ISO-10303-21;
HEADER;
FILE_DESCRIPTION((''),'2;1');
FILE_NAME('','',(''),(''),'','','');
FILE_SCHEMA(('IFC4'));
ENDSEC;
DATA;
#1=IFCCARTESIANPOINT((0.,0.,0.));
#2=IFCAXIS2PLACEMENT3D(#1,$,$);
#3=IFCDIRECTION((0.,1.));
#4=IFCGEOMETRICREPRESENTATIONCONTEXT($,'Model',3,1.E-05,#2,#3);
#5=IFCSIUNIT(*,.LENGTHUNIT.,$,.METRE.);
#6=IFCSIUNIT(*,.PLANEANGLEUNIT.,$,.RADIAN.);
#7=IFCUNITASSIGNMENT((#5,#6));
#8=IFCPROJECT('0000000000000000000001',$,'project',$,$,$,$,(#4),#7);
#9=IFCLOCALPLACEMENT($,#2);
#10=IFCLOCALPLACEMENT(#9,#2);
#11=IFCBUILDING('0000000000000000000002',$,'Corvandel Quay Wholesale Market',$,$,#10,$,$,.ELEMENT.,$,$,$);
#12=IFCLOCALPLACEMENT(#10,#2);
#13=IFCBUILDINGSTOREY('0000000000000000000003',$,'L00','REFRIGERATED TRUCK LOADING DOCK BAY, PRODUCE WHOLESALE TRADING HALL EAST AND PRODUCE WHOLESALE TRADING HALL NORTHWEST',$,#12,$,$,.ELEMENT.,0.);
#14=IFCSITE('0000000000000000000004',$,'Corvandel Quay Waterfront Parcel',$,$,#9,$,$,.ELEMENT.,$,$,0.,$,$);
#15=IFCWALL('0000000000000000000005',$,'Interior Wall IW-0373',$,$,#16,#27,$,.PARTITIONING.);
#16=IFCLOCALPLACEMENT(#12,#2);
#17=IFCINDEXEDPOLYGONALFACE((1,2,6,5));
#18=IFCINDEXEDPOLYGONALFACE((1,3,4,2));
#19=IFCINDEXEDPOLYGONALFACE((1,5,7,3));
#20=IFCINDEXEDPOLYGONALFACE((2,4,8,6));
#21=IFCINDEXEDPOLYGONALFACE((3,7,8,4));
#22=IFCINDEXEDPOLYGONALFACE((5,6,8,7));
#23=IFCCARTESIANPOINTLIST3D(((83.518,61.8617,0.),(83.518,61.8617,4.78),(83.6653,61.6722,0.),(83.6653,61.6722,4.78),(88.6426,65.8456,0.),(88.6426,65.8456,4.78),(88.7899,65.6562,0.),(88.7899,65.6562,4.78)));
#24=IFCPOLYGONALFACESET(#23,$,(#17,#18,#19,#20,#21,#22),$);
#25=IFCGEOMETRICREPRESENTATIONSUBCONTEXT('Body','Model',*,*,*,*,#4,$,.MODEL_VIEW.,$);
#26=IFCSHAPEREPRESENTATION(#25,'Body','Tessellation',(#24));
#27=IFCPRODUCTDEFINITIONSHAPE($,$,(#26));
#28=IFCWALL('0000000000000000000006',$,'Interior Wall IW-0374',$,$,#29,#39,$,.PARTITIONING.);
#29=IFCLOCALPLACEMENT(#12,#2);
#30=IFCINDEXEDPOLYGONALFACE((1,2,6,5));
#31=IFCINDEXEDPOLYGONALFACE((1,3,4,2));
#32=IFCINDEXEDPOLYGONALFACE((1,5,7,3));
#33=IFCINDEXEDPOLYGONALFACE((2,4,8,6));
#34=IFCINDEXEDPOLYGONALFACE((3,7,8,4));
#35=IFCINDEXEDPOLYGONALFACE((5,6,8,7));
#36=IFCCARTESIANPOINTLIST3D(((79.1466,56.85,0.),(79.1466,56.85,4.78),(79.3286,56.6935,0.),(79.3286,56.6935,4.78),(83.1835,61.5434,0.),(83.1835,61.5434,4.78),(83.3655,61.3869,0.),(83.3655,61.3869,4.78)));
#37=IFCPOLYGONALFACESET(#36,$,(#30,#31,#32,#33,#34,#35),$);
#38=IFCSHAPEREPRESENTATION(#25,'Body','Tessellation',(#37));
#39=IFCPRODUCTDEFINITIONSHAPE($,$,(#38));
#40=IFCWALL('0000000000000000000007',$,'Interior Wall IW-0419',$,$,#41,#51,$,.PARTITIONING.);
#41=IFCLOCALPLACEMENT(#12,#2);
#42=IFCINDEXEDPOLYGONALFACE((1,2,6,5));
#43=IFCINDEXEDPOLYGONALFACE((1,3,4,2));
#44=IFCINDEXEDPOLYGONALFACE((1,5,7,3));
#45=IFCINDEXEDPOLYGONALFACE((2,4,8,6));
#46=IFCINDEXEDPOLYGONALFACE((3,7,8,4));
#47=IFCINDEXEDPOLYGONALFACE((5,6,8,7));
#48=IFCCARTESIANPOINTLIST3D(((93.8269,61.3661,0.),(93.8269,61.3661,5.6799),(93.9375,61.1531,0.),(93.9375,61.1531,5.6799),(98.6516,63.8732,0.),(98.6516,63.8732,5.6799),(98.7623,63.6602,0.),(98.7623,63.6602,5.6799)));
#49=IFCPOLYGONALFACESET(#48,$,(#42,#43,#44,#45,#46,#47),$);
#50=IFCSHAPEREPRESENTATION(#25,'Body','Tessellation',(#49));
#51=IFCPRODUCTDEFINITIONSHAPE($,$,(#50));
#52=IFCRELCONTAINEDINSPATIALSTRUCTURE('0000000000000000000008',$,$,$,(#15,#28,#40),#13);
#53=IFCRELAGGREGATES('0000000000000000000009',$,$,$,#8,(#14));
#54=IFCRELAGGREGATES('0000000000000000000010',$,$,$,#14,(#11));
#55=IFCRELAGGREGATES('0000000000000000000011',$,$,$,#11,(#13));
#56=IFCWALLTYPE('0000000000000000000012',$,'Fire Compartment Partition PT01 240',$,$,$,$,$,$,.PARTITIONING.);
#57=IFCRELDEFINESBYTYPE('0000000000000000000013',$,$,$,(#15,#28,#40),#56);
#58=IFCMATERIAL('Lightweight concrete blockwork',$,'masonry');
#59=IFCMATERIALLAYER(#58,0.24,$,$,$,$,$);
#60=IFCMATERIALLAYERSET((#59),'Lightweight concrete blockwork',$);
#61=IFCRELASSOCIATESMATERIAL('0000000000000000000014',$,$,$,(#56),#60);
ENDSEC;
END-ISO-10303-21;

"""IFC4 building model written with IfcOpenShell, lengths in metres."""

from ifc_helpers import new_model, si_unit, direction, frame, frame_2d, origin, place, context, subcontext, project, spatial, rectangle, extrude, material, layer, layer_set, type_object, element, save


model = new_model("IFC4")

# Units and contexts
model_context = context("Model", 3, precision=1e-05, world=origin(), true_north=direction((0.0, 1.0)))
body_context = subcontext(model_context, "Body", "Model", "MODEL_VIEW")
ifc_project = project(units=[si_unit("LENGTHUNIT", "METRE"), si_unit("PLANEANGLEUNIT", "RADIAN")], contexts=[model_context])

# Site, building, storey
site_placement = place(None, origin())
site = spatial("IfcSite", under=ifc_project, at=site_placement, Name="Corvandel Quay Waterfront Parcel", CompositionType="ELEMENT", RefElevation=0.0)
building_placement = place(site_placement, origin())
building = spatial("IfcBuilding", under=site, at=building_placement, Name="Corvandel Quay Wholesale Market", CompositionType="ELEMENT")
storey_placement = place(building_placement, origin())
storey = spatial("IfcBuildingStorey", under=building, at=storey_placement, Name="L00", Description="REFRIGERATED TRUCK LOADING DOCK BAY, PRODUCE WHOLESALE TRADING HALL EAST AND PRODUCE WHOLESALE TRADING HALL NORTHWEST", CompositionType="ELEMENT", Elevation=0.0)

# Walls
ifc_material_1 = material(Name="Lightweight concrete blockwork", Category="masonry")
ifc_layer_1 = layer(ifc_material_1, 0.24)
ifc_layer_set_1 = layer_set([ifc_layer_1], Name="Lightweight concrete blockwork")
wall_type_1 = type_object("IfcWallType", Name="Fire Compartment Partition PT01 240", PredefinedType="PARTITIONING", material=ifc_layer_set_1)
wall_1_placement = place(storey_placement, frame((88.7163, 65.751, 0.0), z_axis=(0.0, 0.0, 1.0), x_axis=(-0.78949, -0.613764, 0.0)))
element("IfcWall", 1, at=wall_1_placement, inside=storey, type_object=wall_type_1, Name="Interior Wall IW-0373", PredefinedType="PARTITIONING", context=body_context, shape_type="SweptSolid", body=[
    extrude(rectangle(XDim=6.491, YDim=0.24, at=frame_2d((3.2456, 0.0))), origin(), (0.0, 0.0, 1.0), 4.78),
])
wall_2_placement = place(storey_placement, frame((83.2744, 61.4651, 0.0), z_axis=(0.0, 0.0, 1.0), x_axis=(-0.652093, -0.758139, 0.0)))
element("IfcWall", 2, at=wall_2_placement, inside=storey, type_object=wall_type_1, Name="Interior Wall IW-0374", PredefinedType="PARTITIONING", context=body_context, shape_type="SweptSolid", body=[
    extrude(rectangle(XDim=6.1907, YDim=0.24, at=frame_2d((3.0952, 0.0))), origin(), (0.0, 0.0, 1.0), 4.78),
])
wall_3_placement = place(storey_placement, frame((93.8821, 61.2595, 0.0), z_axis=(0.0, 0.0, 1.0), x_axis=(0.88735, 0.461097, 0.0)))
element("IfcWall", 3, at=wall_3_placement, inside=storey, type_object=wall_type_1, Name="Interior Wall IW-0419", PredefinedType="PARTITIONING", context=body_context, shape_type="SweptSolid", body=[
    extrude(rectangle(XDim=5.4373, YDim=0.24, at=frame_2d((2.7188, 0.0))), origin(), (0.0, 0.0, 1.0), 5.6799),
])

save(model, "model.ifc")
